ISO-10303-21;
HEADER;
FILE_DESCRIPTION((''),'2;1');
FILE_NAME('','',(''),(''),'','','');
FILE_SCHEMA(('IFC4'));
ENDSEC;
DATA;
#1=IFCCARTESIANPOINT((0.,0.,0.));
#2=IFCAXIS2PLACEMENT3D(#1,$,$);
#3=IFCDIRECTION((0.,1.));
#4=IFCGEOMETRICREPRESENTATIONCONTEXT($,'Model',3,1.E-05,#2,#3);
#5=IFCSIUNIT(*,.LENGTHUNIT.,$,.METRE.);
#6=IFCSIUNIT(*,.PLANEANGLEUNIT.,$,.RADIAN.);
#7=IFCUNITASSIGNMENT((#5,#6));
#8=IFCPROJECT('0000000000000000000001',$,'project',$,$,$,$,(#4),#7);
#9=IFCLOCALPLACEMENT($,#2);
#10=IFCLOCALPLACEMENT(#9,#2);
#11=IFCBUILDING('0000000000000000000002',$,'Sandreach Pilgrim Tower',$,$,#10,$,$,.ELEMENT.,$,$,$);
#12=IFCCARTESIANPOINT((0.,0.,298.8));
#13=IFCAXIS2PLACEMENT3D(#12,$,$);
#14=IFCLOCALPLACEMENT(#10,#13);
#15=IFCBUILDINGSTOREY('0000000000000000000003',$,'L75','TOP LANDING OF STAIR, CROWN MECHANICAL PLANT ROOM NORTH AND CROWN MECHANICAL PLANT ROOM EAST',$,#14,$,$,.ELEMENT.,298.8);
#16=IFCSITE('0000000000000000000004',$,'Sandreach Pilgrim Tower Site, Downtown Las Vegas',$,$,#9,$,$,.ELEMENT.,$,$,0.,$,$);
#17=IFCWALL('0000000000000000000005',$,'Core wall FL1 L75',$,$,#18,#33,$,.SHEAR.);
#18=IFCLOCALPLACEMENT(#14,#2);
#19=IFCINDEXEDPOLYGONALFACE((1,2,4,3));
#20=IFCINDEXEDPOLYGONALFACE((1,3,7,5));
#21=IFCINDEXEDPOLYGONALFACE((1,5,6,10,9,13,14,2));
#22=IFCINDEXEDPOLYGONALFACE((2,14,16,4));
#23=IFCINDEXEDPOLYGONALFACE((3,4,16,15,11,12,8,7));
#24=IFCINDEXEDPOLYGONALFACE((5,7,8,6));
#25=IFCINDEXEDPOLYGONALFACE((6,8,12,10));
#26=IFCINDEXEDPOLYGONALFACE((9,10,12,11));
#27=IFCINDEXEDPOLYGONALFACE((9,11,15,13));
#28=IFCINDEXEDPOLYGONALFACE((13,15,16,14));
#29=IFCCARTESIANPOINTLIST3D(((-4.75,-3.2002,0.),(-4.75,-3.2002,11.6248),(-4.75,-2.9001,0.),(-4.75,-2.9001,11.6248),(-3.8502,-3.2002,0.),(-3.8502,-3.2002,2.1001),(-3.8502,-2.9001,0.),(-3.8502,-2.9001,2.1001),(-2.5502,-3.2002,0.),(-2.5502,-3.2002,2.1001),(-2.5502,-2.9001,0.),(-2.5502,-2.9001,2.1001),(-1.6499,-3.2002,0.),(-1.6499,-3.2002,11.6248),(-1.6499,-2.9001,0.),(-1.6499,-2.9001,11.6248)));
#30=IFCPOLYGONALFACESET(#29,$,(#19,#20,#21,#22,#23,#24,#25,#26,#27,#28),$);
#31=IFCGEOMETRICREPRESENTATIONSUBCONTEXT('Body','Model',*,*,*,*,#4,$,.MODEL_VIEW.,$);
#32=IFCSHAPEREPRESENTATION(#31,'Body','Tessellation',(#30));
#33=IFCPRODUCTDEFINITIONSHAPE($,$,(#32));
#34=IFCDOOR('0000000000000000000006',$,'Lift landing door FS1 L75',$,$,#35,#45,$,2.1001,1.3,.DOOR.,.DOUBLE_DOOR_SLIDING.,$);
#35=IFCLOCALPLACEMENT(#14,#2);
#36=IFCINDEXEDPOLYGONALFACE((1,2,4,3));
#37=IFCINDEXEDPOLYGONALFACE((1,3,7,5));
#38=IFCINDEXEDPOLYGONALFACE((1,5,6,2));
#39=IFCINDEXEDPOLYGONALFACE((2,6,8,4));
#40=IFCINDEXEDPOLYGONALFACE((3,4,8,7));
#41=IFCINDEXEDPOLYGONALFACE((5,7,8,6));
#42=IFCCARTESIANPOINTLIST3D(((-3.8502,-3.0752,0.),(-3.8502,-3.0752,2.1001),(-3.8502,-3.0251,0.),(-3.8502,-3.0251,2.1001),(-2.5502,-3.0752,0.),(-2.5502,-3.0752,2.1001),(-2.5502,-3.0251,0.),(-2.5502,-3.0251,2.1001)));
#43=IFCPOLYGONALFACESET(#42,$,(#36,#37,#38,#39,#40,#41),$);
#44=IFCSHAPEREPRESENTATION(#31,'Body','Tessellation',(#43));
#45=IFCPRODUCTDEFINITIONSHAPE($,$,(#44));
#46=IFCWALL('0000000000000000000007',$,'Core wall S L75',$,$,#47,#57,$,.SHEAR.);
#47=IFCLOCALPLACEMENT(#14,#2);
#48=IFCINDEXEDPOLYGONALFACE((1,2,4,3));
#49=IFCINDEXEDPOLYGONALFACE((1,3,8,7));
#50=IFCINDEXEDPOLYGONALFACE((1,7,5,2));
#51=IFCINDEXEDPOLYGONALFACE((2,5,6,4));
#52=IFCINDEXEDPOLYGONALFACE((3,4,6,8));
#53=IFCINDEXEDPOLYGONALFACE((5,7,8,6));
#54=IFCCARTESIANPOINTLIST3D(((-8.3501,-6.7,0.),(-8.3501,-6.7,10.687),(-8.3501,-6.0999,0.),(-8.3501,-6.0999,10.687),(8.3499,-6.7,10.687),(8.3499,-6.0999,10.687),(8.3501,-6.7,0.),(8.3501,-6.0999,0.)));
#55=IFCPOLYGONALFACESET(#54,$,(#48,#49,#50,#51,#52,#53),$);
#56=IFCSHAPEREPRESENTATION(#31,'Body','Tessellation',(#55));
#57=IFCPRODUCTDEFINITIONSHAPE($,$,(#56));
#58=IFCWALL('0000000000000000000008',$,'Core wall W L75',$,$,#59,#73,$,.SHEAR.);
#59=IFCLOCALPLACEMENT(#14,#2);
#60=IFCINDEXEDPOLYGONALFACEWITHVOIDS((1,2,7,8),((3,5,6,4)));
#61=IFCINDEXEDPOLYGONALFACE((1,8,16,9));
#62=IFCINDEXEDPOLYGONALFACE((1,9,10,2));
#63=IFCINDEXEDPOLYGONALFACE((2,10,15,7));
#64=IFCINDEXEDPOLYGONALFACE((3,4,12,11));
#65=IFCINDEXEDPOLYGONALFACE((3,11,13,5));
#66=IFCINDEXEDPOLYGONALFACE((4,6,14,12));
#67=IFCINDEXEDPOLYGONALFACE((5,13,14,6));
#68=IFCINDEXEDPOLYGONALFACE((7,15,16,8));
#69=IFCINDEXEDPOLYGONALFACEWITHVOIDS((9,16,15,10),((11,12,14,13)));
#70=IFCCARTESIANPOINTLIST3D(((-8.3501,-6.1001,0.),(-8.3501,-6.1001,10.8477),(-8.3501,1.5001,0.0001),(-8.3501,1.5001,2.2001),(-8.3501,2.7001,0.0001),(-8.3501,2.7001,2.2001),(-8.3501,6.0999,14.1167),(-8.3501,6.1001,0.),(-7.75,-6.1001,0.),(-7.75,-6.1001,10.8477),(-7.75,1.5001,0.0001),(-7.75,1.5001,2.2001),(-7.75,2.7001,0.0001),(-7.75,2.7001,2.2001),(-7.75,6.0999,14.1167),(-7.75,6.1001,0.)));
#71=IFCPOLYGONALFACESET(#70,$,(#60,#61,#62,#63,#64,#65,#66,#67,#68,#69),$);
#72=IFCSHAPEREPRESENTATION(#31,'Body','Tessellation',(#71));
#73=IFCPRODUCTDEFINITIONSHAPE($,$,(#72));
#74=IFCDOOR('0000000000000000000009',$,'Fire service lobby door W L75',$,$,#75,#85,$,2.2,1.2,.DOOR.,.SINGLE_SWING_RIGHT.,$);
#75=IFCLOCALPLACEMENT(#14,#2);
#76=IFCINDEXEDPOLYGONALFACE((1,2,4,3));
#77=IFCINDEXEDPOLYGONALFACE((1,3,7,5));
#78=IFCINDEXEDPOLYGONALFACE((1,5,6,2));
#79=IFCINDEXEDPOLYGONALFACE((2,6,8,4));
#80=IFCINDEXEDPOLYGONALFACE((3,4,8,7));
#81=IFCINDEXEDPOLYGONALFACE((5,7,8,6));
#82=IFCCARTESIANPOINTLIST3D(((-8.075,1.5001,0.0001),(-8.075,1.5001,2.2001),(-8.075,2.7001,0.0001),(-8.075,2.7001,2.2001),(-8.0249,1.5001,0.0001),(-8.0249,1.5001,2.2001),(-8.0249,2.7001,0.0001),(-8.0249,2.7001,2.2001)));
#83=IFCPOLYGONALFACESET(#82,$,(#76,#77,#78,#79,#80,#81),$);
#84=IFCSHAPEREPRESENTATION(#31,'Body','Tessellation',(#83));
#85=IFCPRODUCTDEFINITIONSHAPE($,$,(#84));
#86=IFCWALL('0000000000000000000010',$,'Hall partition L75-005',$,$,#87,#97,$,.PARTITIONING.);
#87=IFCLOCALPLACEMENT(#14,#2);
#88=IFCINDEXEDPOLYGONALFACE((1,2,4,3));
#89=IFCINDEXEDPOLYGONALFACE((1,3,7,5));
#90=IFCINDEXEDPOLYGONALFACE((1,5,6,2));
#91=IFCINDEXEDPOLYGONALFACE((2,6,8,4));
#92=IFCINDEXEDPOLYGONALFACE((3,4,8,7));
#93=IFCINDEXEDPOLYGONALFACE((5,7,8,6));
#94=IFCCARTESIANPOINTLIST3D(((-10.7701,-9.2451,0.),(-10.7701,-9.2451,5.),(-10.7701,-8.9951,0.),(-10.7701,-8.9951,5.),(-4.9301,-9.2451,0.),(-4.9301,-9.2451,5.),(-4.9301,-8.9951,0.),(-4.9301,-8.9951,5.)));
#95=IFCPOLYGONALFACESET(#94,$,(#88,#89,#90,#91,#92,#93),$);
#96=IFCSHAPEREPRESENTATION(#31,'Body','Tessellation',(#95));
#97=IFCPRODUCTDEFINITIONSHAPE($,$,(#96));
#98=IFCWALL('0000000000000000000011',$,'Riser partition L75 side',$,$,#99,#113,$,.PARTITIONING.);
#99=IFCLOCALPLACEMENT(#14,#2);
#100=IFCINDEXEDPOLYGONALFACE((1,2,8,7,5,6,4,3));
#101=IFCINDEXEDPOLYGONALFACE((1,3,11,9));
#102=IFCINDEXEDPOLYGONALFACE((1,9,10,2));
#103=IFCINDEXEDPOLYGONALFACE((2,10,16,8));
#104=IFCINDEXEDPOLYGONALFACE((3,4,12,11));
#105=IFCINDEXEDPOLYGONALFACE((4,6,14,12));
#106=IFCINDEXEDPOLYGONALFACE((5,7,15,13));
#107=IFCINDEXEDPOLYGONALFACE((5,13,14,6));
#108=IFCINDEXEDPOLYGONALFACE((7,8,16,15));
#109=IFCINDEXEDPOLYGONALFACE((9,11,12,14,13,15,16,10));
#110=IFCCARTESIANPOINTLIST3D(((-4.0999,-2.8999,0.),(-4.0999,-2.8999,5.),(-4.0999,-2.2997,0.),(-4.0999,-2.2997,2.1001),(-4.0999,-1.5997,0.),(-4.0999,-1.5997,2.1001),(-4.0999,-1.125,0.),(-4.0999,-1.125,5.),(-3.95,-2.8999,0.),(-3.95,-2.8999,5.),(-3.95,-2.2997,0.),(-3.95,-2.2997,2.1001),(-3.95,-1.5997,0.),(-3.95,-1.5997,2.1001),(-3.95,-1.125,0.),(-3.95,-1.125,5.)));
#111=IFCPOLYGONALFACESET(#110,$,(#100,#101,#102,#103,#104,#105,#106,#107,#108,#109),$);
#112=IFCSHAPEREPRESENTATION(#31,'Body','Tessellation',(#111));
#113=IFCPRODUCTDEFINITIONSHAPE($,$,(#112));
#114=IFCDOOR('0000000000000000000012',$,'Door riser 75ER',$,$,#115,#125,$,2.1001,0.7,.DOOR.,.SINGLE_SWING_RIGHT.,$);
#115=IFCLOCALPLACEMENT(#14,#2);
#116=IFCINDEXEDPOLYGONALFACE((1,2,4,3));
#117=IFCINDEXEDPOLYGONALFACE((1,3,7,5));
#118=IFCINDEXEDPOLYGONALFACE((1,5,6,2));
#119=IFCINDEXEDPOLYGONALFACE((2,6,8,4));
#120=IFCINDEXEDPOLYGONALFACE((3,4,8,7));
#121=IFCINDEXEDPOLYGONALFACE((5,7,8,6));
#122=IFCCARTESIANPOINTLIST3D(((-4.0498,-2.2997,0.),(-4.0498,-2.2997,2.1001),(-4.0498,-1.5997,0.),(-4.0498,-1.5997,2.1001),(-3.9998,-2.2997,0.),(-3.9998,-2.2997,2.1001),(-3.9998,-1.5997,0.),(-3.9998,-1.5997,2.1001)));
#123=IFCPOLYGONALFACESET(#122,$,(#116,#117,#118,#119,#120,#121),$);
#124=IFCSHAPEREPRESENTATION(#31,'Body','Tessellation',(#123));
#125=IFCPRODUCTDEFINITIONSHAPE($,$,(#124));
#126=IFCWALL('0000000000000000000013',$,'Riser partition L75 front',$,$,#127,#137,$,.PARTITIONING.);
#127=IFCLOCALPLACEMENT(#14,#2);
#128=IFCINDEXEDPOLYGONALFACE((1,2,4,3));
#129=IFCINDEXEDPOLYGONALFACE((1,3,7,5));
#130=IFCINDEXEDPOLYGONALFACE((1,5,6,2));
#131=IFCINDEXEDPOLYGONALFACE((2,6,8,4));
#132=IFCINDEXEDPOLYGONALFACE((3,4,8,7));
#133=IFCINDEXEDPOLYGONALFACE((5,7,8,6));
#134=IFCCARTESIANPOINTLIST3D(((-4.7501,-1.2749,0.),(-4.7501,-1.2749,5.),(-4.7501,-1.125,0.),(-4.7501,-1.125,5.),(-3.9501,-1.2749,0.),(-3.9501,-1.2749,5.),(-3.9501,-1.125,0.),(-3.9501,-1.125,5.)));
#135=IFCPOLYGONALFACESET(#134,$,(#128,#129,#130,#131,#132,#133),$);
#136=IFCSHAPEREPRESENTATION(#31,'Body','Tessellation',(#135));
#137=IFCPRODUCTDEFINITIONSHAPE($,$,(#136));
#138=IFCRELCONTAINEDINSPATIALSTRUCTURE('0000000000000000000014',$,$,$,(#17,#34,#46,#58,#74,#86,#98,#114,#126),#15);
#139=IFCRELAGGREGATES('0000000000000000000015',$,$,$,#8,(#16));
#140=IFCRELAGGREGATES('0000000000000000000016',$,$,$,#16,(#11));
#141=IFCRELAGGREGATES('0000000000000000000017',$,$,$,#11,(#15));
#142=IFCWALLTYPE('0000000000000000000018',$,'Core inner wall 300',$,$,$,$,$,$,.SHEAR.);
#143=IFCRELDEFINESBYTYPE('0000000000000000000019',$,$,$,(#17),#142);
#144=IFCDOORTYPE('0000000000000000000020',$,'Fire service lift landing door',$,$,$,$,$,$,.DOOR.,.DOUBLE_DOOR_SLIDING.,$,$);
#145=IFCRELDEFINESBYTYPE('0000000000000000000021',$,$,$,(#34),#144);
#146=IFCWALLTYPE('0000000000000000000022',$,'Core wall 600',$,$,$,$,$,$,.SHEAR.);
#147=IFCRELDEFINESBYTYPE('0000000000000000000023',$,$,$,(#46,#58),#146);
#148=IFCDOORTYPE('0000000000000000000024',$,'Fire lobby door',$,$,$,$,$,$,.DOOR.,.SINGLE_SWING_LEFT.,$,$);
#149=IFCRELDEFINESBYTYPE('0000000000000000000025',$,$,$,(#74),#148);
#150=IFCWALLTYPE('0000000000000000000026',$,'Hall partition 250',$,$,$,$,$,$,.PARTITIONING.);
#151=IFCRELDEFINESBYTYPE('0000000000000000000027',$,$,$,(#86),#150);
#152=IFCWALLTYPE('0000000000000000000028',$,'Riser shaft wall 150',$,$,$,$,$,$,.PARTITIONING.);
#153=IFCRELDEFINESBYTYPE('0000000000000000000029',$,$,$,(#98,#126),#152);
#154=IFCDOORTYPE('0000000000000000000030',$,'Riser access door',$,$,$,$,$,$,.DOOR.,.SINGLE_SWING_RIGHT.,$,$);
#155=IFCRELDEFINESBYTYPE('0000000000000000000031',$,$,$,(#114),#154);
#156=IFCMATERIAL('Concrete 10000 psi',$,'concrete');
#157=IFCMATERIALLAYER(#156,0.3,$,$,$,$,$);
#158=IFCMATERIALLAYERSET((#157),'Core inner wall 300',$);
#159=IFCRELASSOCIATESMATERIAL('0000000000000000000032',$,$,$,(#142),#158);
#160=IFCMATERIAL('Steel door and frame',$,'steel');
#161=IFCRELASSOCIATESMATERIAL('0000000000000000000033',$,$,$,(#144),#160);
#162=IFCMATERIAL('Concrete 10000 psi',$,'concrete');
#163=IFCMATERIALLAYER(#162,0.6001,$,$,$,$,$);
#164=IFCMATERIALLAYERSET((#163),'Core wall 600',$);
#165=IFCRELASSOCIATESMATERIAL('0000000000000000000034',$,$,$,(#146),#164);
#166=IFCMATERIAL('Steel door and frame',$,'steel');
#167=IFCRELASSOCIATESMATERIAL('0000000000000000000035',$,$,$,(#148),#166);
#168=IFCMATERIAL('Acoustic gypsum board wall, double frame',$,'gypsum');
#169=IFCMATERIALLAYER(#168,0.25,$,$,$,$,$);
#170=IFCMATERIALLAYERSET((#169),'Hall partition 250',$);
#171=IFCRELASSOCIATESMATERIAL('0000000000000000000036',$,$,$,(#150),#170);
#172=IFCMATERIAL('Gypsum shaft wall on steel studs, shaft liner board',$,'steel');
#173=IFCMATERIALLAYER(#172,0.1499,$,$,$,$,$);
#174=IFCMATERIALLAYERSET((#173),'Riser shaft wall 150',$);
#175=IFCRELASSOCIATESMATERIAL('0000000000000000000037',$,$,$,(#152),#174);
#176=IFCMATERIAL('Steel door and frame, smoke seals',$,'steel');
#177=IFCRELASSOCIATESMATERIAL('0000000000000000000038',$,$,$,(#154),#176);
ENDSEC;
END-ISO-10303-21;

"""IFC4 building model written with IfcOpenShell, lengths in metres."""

from ifc_helpers import new_model, si_unit, direction, frame, frame_2d, origin, place, context, subcontext, project, spatial, polyline, rectangle, outline, extrude, material, layer, layer_set, type_object, element, fill, save


model = new_model("IFC4")

# Units and contexts
model_context = context("Model", 3, precision=1e-05, world=origin(), true_north=direction((0.0, 1.0)))
body_context = subcontext(model_context, "Body", "Model", "MODEL_VIEW")
ifc_project = project(units=[si_unit("LENGTHUNIT", "METRE"), si_unit("PLANEANGLEUNIT", "RADIAN")], contexts=[model_context])

# Site, building, storey
site_placement = place(None, origin())
site = spatial("IfcSite", under=ifc_project, at=site_placement, Name="Sandreach Pilgrim Tower Site, Downtown Las Vegas", CompositionType="ELEMENT", RefElevation=0.0)
building_placement = place(site_placement, origin())
building = spatial("IfcBuilding", under=site, at=building_placement, Name="Sandreach Pilgrim Tower", CompositionType="ELEMENT")
storey_placement = place(building_placement, frame((0.0, 0.0, 298.8)))
storey = spatial("IfcBuildingStorey", under=building, at=storey_placement, Name="L75", Description="TOP LANDING OF STAIR, CROWN MECHANICAL PLANT ROOM NORTH AND CROWN MECHANICAL PLANT ROOM EAST", CompositionType="ELEMENT", Elevation=298.8)

# Shared definitions
ifc_material_1 = material(Name="Concrete 10000 psi", Category="concrete")
ifc_layer_1 = layer(ifc_material_1, 0.3)
ifc_layer_set_1 = layer_set([ifc_layer_1], Name="Core inner wall 300")
wall_type_1 = type_object("IfcWallType", Name="Core inner wall 300", PredefinedType="SHEAR", material=ifc_layer_set_1)

# Wall, opening, door
wall_1_placement = place(storey_placement, frame((-4.75, -3.05, 0.0), z_axis=(0.0, 0.0, 1.0), x_axis=(1.0, 0.0, 0.0)))
wall_1 = element("IfcWall", 1, at=wall_1_placement, inside=storey, type_object=wall_type_1, Name="Core wall FL1 L75", PredefinedType="SHEAR", context=body_context, shape_type="SweptSolid", body=[
    extrude(outline(polyline([(0.0, 0.0), (3.1001, 0.0), (3.1001, 11.6248), (0.0, 11.6248), (0.0, 0.0)])), frame((0.0, 0.1499, 0.0), z_axis=(0.0, -1.0, 0.0), x_axis=(1.0, 0.0, 0.0)), (0.0, 0.0, 1.0), 0.3),
])
opening_1_placement = place(wall_1_placement, frame((0.8999, 0.0, 0.0)))
opening_1 = element("IfcOpeningElement", 2, at=opening_1_placement, cuts=wall_1, PredefinedType="OPENING", context=body_context, shape_type="SweptSolid", body=[
    extrude(rectangle(XDim=1.3, YDim=2.1001, at=frame_2d((0.6499, 1.05))), frame((0.0, 0.1499, 0.0), z_axis=(0.0, -1.0, 0.0), x_axis=(1.0, 0.0, 0.0)), (0.0, 0.0, 1.0), 0.3),
])
ifc_material_2 = material(Name="Steel door and frame", Category="steel")
door_type_1 = type_object("IfcDoorType", Name="Fire service lift landing door", OperationType="DOUBLE_DOOR_SLIDING", PredefinedType="DOOR", material=ifc_material_2)
door_1_placement = place(opening_1_placement, origin())
door_1 = element("IfcDoor", 3, at=door_1_placement, inside=storey, type_object=door_type_1, Name="Lift landing door FS1 L75", OperationType="DOUBLE_DOOR_SLIDING", OverallHeight=2.1001, OverallWidth=1.3, PredefinedType="DOOR", context=body_context, shape_type="SweptSolid", body=[
    extrude(rectangle(XDim=1.3, YDim=2.1001, at=frame_2d((0.6499, 1.05))), frame((0.0, 0.0249, 0.0), z_axis=(0.0, -1.0, 0.0), x_axis=(1.0, 0.0, 0.0)), (0.0, 0.0, 1.0), 0.05),
])
fill(opening_1, door_1)

# Wall
ifc_material_3 = material(Name="Concrete 10000 psi", Category="concrete")
ifc_layer_2 = layer(ifc_material_3, 0.6001)
ifc_layer_set_2 = layer_set([ifc_layer_2], Name="Core wall 600")
wall_type_2 = type_object("IfcWallType", Name="Core wall 600", PredefinedType="SHEAR", material=ifc_layer_set_2)
wall_2_placement = place(storey_placement, frame((-8.3501, -6.3999, 0.0), z_axis=(0.0, 0.0, 1.0), x_axis=(1.0, 0.0, 0.0)))
element("IfcWall", 4, at=wall_2_placement, inside=storey, type_object=wall_type_2, Name="Core wall S L75", PredefinedType="SHEAR", context=body_context, shape_type="SweptSolid", body=[
    extrude(outline(polyline([(0.0, 0.0), (16.7002, 0.0), (16.7, 10.687), (0.0, 10.687), (0.0, 0.0)])), frame((0.0, 0.3, 0.0), z_axis=(0.0, -1.0, 0.0), x_axis=(1.0, 0.0, 0.0)), (0.0, 0.0, 1.0), 0.6001),
])

# Wall, opening, door
wall_3_placement = place(storey_placement, frame((-8.05, -6.1001, 0.0), z_axis=(0.0, 0.0, 1.0), x_axis=(0.0, 1.0, 0.0)))
wall_3 = element("IfcWall", 5, at=wall_3_placement, inside=storey, type_object=wall_type_2, Name="Core wall W L75", PredefinedType="SHEAR", context=body_context, shape_type="SweptSolid", body=[
    extrude(outline(polyline([(0.0, 0.0), (12.2002, 0.0), (12.2, 14.1167), (0.0, 10.8477), (0.0, 0.0)])), frame((0.0, 0.3, 0.0), z_axis=(0.0, -1.0, 0.0), x_axis=(1.0, 0.0, 0.0)), (0.0, 0.0, 1.0), 0.6001),
])
opening_2_placement = place(wall_3_placement, frame((7.6001, 0.0, 0.0)))
opening_2 = element("IfcOpeningElement", 6, at=opening_2_placement, cuts=wall_3, PredefinedType="OPENING", context=body_context, shape_type="SweptSolid", body=[
    extrude(rectangle(XDim=1.2, YDim=2.2, at=frame_2d((0.6001, 1.1001))), frame((0.0, 0.3, 0.0), z_axis=(0.0, -1.0, 0.0), x_axis=(1.0, 0.0, 0.0)), (0.0, 0.0, 1.0), 0.6001),
])
ifc_material_4 = material(Name="Steel door and frame", Category="steel")
door_type_2 = type_object("IfcDoorType", Name="Fire lobby door", OperationType="SINGLE_SWING_LEFT", PredefinedType="DOOR", material=ifc_material_4)
door_2_placement = place(opening_2_placement, origin())
door_2 = element("IfcDoor", 7, at=door_2_placement, inside=storey, type_object=door_type_2, Name="Fire service lobby door W L75", OperationType="SINGLE_SWING_RIGHT", OverallHeight=2.2, OverallWidth=1.2, PredefinedType="DOOR", context=body_context, shape_type="SweptSolid", body=[
    extrude(rectangle(XDim=1.2, YDim=2.2, at=frame_2d((0.6001, 1.1001))), frame((0.0, 0.0249, 0.0), z_axis=(0.0, -1.0, 0.0), x_axis=(1.0, 0.0, 0.0)), (0.0, 0.0, 1.0), 0.05),
])
fill(opening_2, door_2)

# Wall
ifc_material_5 = material(Name="Acoustic gypsum board wall, double frame", Category="gypsum")
ifc_layer_3 = layer(ifc_material_5, 0.25)
ifc_layer_set_3 = layer_set([ifc_layer_3], Name="Hall partition 250")
wall_type_3 = type_object("IfcWallType", Name="Hall partition 250", PredefinedType="PARTITIONING", material=ifc_layer_set_3)
wall_4_placement = place(storey_placement, frame((-10.77, -9.1201, 0.0), z_axis=(0.0, 0.0, 1.0), x_axis=(1.0, 0.0, 0.0)))
element("IfcWall", 8, at=wall_4_placement, inside=storey, type_object=wall_type_3, Name="Hall partition L75-005", PredefinedType="PARTITIONING", context=body_context, shape_type="SweptSolid", body=[
    extrude(rectangle(XDim=5.8401, YDim=0.25, at=frame_2d((2.9199, 0.0))), origin(), (0.0, 0.0, 1.0), 5.0),
])

# Wall, opening, door
ifc_material_6 = material(Name="Gypsum shaft wall on steel studs, shaft liner board", Category="steel")
ifc_layer_4 = layer(ifc_material_6, 0.1499)
ifc_layer_set_4 = layer_set([ifc_layer_4], Name="Riser shaft wall 150")
wall_type_4 = type_object("IfcWallType", Name="Riser shaft wall 150", PredefinedType="PARTITIONING", material=ifc_layer_set_4)
wall_5_placement = place(storey_placement, frame((-4.0249, -2.8999, 0.0), z_axis=(0.0, 0.0, 1.0), x_axis=(0.0, 1.0, 0.0)))
wall_5 = element("IfcWall", 9, at=wall_5_placement, inside=storey, type_object=wall_type_4, Name="Riser partition L75 side", PredefinedType="PARTITIONING", context=body_context, shape_type="SweptSolid", body=[
    extrude(rectangle(XDim=1.7749, YDim=0.1499, at=frame_2d((0.8875, 0.0))), origin(), (0.0, 0.0, 1.0), 5.0),
])
opening_3_placement = place(wall_5_placement, frame((0.6001, 0.0, 0.0)))
opening_3 = element("IfcOpeningElement", 10, at=opening_3_placement, cuts=wall_5, PredefinedType="OPENING", context=body_context, shape_type="SweptSolid", body=[
    extrude(rectangle(XDim=0.7, YDim=2.1001, at=frame_2d((0.3501, 1.05))), frame((0.0, 0.075, 0.0), z_axis=(0.0, -1.0, 0.0), x_axis=(1.0, 0.0, 0.0)), (0.0, 0.0, 1.0), 0.1499),
])
ifc_material_7 = material(Name="Steel door and frame, smoke seals", Category="steel")
door_type_3 = type_object("IfcDoorType", Name="Riser access door", OperationType="SINGLE_SWING_RIGHT", PredefinedType="DOOR", material=ifc_material_7)
door_3_placement = place(opening_3_placement, origin())
door_3 = element("IfcDoor", 11, at=door_3_placement, inside=storey, type_object=door_type_3, Name="Door riser 75ER", OperationType="SINGLE_SWING_RIGHT", OverallHeight=2.1001, OverallWidth=0.7, PredefinedType="DOOR", context=body_context, shape_type="SweptSolid", body=[
    extrude(rectangle(XDim=0.7, YDim=2.1001, at=frame_2d((0.3501, 1.05))), frame((0.0, 0.0249, 0.0), z_axis=(0.0, -1.0, 0.0), x_axis=(1.0, 0.0, 0.0)), (0.0, 0.0, 1.0), 0.05),
])
fill(opening_3, door_3)

# Wall
wall_6_placement = place(storey_placement, frame((-4.75, -1.2, 0.0), z_axis=(0.0, 0.0, 1.0), x_axis=(1.0, 0.0, 0.0)))
element("IfcWall", 12, at=wall_6_placement, inside=storey, type_object=wall_type_4, Name="Riser partition L75 front", PredefinedType="PARTITIONING", context=body_context, shape_type="SweptSolid", body=[
    extrude(rectangle(XDim=0.8, YDim=0.1499, at=frame_2d((0.3999, 0.0))), origin(), (0.0, 0.0, 1.0), 5.0),
])

save(model, "model.ifc")
